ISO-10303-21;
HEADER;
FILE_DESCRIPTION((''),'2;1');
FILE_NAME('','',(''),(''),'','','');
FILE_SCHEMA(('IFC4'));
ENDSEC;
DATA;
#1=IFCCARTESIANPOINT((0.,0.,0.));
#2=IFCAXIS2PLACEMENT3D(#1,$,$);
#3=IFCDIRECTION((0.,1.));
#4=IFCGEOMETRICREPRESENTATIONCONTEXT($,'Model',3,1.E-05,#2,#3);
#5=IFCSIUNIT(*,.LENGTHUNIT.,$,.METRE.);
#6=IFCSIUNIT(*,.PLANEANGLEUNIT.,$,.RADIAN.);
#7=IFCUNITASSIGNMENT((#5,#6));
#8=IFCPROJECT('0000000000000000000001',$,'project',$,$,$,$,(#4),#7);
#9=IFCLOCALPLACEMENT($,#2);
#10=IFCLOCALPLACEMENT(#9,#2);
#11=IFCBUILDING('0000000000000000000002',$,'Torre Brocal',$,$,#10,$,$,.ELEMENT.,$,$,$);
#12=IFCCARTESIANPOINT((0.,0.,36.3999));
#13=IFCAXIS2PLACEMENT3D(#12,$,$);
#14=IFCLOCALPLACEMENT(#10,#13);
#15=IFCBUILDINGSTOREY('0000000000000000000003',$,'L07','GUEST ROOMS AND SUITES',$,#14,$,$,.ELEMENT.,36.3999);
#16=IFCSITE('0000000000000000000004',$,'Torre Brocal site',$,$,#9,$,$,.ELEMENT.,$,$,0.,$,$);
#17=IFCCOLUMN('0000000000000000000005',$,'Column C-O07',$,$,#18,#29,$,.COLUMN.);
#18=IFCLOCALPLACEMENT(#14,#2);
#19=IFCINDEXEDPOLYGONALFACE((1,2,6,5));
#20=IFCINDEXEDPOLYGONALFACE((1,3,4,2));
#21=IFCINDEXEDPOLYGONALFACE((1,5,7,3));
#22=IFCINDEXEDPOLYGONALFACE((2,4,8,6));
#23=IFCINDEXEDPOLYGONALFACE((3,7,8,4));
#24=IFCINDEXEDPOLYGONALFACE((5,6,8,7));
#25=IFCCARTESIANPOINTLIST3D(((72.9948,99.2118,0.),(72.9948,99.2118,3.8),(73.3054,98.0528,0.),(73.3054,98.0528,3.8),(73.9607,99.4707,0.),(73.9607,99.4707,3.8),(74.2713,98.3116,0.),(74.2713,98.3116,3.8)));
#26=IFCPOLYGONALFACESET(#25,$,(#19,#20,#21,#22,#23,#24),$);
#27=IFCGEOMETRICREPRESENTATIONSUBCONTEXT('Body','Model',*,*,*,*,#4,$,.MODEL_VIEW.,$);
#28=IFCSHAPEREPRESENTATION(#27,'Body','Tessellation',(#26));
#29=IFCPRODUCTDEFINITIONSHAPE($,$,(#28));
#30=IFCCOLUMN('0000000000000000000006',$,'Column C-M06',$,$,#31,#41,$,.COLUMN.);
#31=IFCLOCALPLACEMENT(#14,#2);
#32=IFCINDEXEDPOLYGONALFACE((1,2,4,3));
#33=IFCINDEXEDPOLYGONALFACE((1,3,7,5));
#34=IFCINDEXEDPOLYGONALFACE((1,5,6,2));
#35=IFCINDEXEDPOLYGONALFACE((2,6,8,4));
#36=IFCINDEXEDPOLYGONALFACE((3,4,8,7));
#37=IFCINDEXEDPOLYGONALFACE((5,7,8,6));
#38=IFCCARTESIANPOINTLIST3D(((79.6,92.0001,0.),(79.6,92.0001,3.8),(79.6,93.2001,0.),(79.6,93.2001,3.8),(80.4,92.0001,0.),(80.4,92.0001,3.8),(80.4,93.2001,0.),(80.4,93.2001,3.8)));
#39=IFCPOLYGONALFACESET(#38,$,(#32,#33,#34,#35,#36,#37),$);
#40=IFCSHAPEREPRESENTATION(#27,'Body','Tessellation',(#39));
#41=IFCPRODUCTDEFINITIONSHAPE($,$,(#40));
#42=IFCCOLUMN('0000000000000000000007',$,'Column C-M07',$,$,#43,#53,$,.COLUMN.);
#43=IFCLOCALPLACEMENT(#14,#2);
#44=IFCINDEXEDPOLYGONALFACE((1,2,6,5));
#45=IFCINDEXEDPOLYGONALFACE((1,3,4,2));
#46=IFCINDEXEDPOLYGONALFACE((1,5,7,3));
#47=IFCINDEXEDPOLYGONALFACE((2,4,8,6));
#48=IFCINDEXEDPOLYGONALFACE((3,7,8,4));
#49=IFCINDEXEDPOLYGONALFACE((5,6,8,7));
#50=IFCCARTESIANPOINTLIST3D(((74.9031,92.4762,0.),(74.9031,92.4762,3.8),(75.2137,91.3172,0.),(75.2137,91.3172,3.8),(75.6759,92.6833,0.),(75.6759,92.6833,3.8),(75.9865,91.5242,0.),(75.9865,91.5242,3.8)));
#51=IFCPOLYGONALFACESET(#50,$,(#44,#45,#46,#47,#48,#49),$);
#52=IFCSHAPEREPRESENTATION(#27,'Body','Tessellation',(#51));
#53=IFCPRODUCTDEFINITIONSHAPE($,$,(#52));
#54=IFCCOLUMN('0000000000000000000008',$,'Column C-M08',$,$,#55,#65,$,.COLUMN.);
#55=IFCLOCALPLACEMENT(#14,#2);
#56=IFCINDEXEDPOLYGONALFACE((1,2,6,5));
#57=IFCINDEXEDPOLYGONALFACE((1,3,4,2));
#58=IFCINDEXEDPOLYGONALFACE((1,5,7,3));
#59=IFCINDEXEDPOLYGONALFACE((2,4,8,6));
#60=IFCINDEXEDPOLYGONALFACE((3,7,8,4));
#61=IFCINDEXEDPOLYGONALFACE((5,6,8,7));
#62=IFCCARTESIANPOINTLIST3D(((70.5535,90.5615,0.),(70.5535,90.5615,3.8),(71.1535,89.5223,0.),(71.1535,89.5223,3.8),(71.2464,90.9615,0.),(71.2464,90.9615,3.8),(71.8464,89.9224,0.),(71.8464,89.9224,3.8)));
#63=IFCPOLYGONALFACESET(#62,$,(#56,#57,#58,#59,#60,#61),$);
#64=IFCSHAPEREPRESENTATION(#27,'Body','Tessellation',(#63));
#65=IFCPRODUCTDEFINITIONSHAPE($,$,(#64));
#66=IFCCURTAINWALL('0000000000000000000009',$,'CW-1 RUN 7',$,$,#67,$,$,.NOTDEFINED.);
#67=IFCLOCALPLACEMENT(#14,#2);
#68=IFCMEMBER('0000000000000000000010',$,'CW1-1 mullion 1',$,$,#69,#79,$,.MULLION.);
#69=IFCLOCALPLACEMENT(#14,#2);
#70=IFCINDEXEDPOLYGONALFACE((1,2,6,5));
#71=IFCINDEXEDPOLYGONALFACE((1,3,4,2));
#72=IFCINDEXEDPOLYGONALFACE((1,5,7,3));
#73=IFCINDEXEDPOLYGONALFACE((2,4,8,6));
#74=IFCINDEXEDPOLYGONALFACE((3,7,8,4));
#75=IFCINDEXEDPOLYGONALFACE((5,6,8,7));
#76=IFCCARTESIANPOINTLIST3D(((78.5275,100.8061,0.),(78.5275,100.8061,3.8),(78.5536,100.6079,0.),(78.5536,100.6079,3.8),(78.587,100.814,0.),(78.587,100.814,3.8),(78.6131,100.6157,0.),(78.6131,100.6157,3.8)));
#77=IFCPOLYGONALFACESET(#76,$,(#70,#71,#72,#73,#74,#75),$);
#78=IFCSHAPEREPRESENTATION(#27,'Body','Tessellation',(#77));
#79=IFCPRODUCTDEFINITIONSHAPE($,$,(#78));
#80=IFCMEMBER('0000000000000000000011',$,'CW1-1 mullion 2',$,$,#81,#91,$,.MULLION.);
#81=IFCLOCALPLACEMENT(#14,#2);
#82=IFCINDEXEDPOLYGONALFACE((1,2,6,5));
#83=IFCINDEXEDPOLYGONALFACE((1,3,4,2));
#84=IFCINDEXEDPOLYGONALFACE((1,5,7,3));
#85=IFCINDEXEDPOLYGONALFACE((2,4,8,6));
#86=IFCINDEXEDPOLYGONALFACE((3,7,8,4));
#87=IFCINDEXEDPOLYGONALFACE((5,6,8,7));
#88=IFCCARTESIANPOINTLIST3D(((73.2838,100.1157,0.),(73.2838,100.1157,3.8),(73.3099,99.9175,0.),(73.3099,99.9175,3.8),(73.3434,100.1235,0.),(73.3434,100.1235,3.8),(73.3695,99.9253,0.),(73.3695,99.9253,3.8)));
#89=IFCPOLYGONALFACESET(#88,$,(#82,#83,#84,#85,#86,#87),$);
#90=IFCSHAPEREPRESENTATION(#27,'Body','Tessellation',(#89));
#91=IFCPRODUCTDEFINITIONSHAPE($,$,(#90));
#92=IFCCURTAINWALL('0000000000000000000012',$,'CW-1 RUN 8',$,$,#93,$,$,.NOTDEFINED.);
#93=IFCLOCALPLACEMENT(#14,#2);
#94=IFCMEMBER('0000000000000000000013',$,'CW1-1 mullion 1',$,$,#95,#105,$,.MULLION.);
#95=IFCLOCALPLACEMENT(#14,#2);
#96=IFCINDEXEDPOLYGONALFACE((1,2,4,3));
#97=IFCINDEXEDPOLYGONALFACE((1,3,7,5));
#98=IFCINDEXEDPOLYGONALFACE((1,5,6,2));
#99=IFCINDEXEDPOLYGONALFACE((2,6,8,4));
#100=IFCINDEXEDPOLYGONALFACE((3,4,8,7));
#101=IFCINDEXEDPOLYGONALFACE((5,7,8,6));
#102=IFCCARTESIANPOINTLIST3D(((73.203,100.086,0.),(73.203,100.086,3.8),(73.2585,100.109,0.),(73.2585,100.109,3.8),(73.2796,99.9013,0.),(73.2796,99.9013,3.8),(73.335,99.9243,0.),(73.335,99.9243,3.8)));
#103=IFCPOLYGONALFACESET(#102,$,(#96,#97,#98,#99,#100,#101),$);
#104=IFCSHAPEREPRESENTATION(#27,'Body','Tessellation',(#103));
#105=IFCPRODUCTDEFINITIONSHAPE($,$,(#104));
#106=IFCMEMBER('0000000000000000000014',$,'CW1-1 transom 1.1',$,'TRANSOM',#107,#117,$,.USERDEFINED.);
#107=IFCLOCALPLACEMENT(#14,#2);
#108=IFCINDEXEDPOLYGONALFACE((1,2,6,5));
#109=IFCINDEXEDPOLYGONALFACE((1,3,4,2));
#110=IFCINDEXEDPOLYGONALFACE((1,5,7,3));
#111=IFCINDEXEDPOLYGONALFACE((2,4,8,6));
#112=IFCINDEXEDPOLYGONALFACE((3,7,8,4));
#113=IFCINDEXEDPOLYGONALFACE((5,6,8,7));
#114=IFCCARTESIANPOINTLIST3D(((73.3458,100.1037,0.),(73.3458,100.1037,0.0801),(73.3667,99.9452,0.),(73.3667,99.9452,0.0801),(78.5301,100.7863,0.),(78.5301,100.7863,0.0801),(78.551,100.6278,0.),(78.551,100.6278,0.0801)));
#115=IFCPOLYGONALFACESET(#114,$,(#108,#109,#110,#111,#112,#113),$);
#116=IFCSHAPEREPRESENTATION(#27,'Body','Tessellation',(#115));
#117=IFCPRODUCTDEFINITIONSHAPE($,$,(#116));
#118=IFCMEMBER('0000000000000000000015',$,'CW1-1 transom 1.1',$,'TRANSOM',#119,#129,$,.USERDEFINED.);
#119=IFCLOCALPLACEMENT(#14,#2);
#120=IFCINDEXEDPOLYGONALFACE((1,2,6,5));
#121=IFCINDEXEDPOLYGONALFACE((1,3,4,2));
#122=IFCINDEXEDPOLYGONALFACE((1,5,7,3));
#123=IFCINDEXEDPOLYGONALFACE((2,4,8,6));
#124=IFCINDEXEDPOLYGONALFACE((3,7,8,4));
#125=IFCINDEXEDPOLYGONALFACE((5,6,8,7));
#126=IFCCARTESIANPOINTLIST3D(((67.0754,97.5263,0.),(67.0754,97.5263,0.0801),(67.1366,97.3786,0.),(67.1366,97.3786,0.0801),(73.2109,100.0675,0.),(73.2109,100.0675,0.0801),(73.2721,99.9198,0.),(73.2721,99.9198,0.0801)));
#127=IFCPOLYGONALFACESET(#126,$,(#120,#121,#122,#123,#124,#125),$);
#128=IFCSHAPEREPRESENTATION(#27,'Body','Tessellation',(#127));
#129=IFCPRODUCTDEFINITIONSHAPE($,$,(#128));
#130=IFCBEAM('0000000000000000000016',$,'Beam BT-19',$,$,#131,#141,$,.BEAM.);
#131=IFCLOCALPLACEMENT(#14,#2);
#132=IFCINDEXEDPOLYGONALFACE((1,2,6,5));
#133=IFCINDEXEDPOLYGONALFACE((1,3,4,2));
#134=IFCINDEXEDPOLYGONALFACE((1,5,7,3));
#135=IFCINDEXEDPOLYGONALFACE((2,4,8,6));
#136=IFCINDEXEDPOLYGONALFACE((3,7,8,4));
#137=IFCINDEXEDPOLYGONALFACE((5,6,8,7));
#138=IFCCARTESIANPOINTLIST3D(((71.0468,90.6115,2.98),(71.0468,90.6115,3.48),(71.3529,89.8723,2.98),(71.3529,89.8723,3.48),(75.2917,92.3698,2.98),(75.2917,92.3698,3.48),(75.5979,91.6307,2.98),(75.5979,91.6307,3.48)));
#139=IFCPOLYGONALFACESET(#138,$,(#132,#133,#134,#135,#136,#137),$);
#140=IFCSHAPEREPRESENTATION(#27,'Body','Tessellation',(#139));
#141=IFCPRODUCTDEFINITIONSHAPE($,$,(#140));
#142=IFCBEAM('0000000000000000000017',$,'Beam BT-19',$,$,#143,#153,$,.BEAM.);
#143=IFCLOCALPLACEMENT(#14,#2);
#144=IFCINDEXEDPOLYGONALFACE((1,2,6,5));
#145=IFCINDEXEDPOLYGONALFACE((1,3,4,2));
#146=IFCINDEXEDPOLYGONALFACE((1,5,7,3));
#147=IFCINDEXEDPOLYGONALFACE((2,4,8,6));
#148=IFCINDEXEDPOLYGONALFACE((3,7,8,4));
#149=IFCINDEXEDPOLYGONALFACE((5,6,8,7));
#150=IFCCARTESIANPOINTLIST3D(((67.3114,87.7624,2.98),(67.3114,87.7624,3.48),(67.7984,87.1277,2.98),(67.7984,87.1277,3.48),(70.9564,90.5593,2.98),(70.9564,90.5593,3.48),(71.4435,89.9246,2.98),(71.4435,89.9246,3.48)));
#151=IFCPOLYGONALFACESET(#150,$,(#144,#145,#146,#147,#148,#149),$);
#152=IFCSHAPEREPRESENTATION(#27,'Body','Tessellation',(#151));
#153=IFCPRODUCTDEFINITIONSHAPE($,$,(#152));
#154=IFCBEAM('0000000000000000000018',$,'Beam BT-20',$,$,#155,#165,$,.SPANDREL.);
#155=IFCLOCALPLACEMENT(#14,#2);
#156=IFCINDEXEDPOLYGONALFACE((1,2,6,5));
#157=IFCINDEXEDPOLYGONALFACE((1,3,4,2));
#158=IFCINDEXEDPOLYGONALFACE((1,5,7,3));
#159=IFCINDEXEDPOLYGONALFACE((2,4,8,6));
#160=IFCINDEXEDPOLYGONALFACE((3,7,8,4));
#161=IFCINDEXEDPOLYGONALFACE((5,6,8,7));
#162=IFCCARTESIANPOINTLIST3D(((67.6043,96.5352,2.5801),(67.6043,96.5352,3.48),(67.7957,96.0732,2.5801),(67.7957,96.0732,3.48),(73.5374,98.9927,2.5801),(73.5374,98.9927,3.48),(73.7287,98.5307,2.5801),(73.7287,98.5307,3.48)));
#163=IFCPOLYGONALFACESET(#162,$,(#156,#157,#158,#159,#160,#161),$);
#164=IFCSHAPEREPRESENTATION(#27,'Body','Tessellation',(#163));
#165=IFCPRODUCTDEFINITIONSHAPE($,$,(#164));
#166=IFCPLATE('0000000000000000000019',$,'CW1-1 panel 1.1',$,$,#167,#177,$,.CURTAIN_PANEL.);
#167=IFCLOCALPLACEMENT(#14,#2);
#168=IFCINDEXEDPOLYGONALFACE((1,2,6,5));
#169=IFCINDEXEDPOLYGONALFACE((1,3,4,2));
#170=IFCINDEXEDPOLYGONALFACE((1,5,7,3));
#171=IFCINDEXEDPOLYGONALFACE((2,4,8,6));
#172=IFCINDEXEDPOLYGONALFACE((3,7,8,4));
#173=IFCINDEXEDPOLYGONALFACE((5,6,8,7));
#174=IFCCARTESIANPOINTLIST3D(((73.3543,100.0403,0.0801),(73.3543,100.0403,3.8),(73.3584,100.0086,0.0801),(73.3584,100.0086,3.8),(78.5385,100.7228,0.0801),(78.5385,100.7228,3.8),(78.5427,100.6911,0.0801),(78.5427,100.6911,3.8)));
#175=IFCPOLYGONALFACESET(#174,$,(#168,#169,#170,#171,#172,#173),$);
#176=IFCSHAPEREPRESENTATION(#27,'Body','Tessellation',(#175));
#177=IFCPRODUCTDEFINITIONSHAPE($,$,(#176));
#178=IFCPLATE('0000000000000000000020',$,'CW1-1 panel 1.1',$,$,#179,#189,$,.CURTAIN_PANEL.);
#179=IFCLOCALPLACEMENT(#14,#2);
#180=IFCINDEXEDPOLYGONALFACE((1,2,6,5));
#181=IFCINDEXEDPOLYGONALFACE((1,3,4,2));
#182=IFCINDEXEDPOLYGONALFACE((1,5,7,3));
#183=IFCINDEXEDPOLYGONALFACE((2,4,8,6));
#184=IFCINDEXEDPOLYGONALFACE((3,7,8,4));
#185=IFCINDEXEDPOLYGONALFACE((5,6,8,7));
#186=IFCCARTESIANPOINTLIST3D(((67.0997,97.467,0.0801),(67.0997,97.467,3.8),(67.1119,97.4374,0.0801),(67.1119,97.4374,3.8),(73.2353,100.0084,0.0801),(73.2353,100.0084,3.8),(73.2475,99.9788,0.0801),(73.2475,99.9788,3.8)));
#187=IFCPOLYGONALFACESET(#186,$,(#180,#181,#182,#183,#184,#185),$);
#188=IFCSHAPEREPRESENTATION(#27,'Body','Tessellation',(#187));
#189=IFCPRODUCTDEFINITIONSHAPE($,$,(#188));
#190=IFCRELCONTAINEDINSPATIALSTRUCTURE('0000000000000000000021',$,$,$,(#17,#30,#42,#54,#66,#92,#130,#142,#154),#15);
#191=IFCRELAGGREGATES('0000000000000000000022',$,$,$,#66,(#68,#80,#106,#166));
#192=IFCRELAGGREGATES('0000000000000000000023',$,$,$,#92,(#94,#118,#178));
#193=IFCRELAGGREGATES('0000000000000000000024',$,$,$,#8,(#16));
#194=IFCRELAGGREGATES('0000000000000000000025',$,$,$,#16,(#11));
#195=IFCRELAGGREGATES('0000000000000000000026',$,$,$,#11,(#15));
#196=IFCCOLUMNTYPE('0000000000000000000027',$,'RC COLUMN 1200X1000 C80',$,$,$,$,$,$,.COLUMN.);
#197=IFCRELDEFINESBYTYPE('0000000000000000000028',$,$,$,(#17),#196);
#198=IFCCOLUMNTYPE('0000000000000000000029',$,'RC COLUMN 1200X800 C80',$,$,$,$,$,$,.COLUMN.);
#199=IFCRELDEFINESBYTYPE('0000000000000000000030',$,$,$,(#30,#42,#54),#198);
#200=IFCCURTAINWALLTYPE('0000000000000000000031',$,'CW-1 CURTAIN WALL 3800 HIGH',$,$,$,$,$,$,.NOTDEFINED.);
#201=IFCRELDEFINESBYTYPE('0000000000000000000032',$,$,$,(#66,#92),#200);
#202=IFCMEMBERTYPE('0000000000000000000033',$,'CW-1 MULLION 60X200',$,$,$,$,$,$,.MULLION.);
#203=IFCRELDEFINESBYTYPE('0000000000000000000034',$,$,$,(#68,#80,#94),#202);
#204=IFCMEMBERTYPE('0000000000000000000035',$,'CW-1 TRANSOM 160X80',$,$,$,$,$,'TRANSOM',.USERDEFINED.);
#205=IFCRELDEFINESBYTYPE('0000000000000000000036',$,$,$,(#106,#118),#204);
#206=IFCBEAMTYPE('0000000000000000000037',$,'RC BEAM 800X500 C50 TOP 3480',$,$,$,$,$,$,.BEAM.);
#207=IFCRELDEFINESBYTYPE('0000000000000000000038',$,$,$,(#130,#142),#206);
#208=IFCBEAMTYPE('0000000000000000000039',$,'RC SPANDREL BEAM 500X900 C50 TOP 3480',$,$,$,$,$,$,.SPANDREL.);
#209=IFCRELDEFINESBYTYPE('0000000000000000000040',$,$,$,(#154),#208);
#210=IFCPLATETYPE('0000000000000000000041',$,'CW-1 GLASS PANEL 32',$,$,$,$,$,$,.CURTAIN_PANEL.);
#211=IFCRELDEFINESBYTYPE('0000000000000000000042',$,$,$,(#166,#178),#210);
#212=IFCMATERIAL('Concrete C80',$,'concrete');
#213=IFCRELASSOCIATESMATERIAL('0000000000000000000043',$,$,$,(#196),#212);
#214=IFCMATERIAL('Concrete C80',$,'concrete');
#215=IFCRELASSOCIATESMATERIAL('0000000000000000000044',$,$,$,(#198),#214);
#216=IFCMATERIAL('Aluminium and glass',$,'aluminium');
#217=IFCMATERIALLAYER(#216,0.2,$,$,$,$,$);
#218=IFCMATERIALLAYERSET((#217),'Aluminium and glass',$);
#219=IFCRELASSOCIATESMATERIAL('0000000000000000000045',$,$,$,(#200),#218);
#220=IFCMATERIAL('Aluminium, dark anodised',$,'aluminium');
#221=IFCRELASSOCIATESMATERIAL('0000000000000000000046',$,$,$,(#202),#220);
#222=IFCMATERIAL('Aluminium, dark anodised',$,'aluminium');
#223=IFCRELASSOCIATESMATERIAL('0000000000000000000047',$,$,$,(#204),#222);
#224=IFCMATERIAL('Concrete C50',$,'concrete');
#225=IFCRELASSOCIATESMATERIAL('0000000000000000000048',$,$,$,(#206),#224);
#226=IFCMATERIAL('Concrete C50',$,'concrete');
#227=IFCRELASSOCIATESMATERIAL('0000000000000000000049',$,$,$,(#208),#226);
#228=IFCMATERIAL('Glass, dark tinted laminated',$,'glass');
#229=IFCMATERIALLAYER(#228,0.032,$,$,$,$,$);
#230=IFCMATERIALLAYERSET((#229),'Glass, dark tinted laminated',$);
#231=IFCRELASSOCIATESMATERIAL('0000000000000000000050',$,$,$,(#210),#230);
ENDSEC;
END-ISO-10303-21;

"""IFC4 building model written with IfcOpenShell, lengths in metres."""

from ifc_helpers import new_model, si_unit, direction, frame, origin, origin_2d, place, context, subcontext, project, spatial, rectangle, extrude, material, layer, layer_set, material_profile, profile_set, type_object, element, aggregate, save


model = new_model("IFC4")

# Units and contexts
model_context = context("Model", 3, precision=1e-05, world=origin(), true_north=direction((0.0, 1.0)))
body_context = subcontext(model_context, "Body", "Model", "MODEL_VIEW")
ifc_project = project(units=[si_unit("LENGTHUNIT", "METRE"), si_unit("PLANEANGLEUNIT", "RADIAN")], contexts=[model_context])

# Site, building, storey
site_placement = place(None, origin())
site = spatial("IfcSite", under=ifc_project, at=site_placement, Name="Torre Brocal site", CompositionType="ELEMENT", RefElevation=0.0)
building_placement = place(site_placement, origin())
building = spatial("IfcBuilding", under=site, at=building_placement, Name="Torre Brocal", CompositionType="ELEMENT")
storey_placement = place(building_placement, frame((0.0, 0.0, 36.3999)))
storey = spatial("IfcBuildingStorey", under=building, at=storey_placement, Name="L07", Description="GUEST ROOMS AND SUITES", CompositionType="ELEMENT", Elevation=36.3999)

# Columns
ifc_material_1 = material(Name="Concrete C80", Category="concrete")
ifc_material_profile_1 = material_profile(ifc_material_1, rectangle(XDim=1.2, YDim=1.0, at=origin_2d()), Name="RC 1200X1000")
ifc_profile_set_1 = profile_set([ifc_material_profile_1], Name="Concrete C80")
column_type_1 = type_object("IfcColumnType", Name="RC COLUMN 1200X1000 C80", PredefinedType="COLUMN", material=ifc_profile_set_1)
column_placement = place(storey_placement, frame((73.6331, 98.7617, 0.0), z_axis=(0.0, 0.0, 1.0), x_axis=(-0.258819, 0.965926, 0.0)))
element("IfcColumn", 1, at=column_placement, inside=storey, type_object=column_type_1, Name="Column C-O07", PredefinedType="COLUMN", context=body_context, shape_type="SweptSolid", body=[
    extrude(rectangle(XDim=1.2, YDim=1.0, at=origin_2d()), origin(), (0.0, 0.0, 1.0), 3.8),
])
ifc_material_2 = material(Name="Concrete C80", Category="concrete")
ifc_material_profile_2 = material_profile(ifc_material_2, rectangle(XDim=1.2, YDim=0.8, at=origin_2d()), Name="RC 1200X800")
ifc_profile_set_2 = profile_set([ifc_material_profile_2], Name="Concrete C80")
column_type_2 = type_object("IfcColumnType", Name="RC COLUMN 1200X800 C80", PredefinedType="COLUMN", material=ifc_profile_set_2)
for number, where, z_axis, x_axis, name in (
    (2, (80.0, 92.6001, 0.0), (0.0, 0.0, 1.0), (0.0, 1.0, 0.0), "Column C-M06"),
    (3, (75.4448, 92.0002, 0.0), (0.0, 0.0, 1.0), (-0.258819, 0.965926, 0.0), "Column C-M07"),
    (4, (71.2, 90.2419, 0.0), (0.0, 0.0, 1.0), (-0.5, 0.866025, 0.0), "Column C-M08"),
):
    element("IfcColumn", number, at=place(storey_placement, frame(where, z_axis=z_axis, x_axis=x_axis)), inside=storey, type_object=column_type_2, Name=name, PredefinedType="COLUMN", context=body_context, shape_type="SweptSolid", body=[
        extrude(rectangle(XDim=1.2, YDim=0.8, at=origin_2d()), origin(), (0.0, 0.0, 1.0), 3.8),
    ])

# Curtain wall, members
ifc_material_3 = material(Name="Aluminium and glass", Category="aluminium")
ifc_layer_1 = layer(ifc_material_3, 0.2)
ifc_layer_set_1 = layer_set([ifc_layer_1], Name="Aluminium and glass")
curtain_wall_type = type_object("IfcCurtainWallType", Name="CW-1 CURTAIN WALL 3800 HIGH", PredefinedType="NOTDEFINED", material=ifc_layer_set_1)
curtain_wall_1_placement = place(storey_placement, origin())
curtain_wall_1 = element("IfcCurtainWall", 5, at=curtain_wall_1_placement, inside=storey, type_object=curtain_wall_type, Name="CW-1 RUN 7", PredefinedType="NOTDEFINED")
ifc_material_4 = material(Name="Aluminium, dark anodised", Category="aluminium")
ifc_material_profile_3 = material_profile(ifc_material_4, rectangle(XDim=0.2, YDim=0.0601, at=origin_2d()), Name="CW-1 MULLION 60X200")
ifc_profile_set_3 = profile_set([ifc_material_profile_3], Name="Aluminium, dark anodised")
member_type_1 = type_object("IfcMemberType", Name="CW-1 MULLION 60X200", PredefinedType="MULLION", material=ifc_profile_set_3)
member_1_placement = place(storey_placement, frame((78.5703, 100.7109, 0.0), z_axis=(0.0, 0.0, 1.0), x_axis=(0.130526, -0.991445, 0.0)))
member_1 = element("IfcMember", 6, at=member_1_placement, type_object=member_type_1, Name="CW1-1 mullion 1", PredefinedType="MULLION", context=body_context, shape_type="SweptSolid", body=[
    extrude(rectangle(XDim=0.2, YDim=0.0601, at=origin_2d()), origin(), (0.0, 0.0, 1.0), 3.8),
])
member_2_placement = place(storey_placement, frame((73.3267, 100.0205, 0.0), z_axis=(0.0, 0.0, 1.0), x_axis=(0.130526, -0.991445, 0.0)))
member_2 = element("IfcMember", 7, at=member_2_placement, type_object=member_type_1, Name="CW1-1 mullion 2", PredefinedType="MULLION", context=body_context, shape_type="SweptSolid", body=[
    extrude(rectangle(XDim=0.2, YDim=0.0601, at=origin_2d()), origin(), (0.0, 0.0, 1.0), 3.8),
])

# Curtain wall, member
curtain_wall_2_placement = place(storey_placement, origin())
curtain_wall_2 = element("IfcCurtainWall", 8, at=curtain_wall_2_placement, inside=storey, type_object=curtain_wall_type, Name="CW-1 RUN 8", PredefinedType="NOTDEFINED")
member_3_placement = place(storey_placement, frame((73.269, 100.0051, 0.0), z_axis=(0.0, 0.0, 1.0), x_axis=(0.382683, -0.92388, 0.0)))
member_3 = element("IfcMember", 9, at=member_3_placement, type_object=member_type_1, Name="CW1-1 mullion 1", PredefinedType="MULLION", context=body_context, shape_type="SweptSolid", body=[
    extrude(rectangle(XDim=0.2, YDim=0.0601, at=origin_2d()), origin(), (0.0, 0.0, 1.0), 3.8),
])

# Members
ifc_material_5 = material(Name="Aluminium, dark anodised", Category="aluminium")
ifc_material_profile_4 = material_profile(ifc_material_5, rectangle(XDim=0.1599, YDim=0.0801, at=origin_2d()), Name="CW-1 TRANSOM 160X80")
ifc_profile_set_4 = profile_set([ifc_material_profile_4], Name="Aluminium, dark anodised")
member_type_2 = type_object("IfcMemberType", Name="CW-1 TRANSOM 160X80", ElementType="TRANSOM", PredefinedType="USERDEFINED", material=ifc_profile_set_4)
member_4_placement = place(storey_placement, frame((78.5405, 100.707, 0.04), z_axis=(-0.991443, -0.130543, 0.0), x_axis=(0.130543, -0.991443, 0.0)))
member_4 = element("IfcMember", 10, at=member_4_placement, type_object=member_type_2, Name="CW1-1 transom 1.1", ObjectType="TRANSOM", PredefinedType="USERDEFINED", context=body_context, shape_type="SweptSolid", body=[
    extrude(rectangle(XDim=0.1599, YDim=0.0801, at=origin_2d()), origin(), (0.0, 0.0, 1.0), 5.229),
])
member_5_placement = place(storey_placement, frame((73.2415, 99.9937, 0.04), z_axis=(-0.923887, -0.382665, 0.0), x_axis=(0.382665, -0.923887, 0.0)))
member_5 = element("IfcMember", 11, at=member_5_placement, type_object=member_type_2, Name="CW1-1 transom 1.1", ObjectType="TRANSOM", PredefinedType="USERDEFINED", context=body_context, shape_type="SweptSolid", body=[
    extrude(rectangle(XDim=0.1599, YDim=0.0801, at=origin_2d()), origin(), (0.0, 0.0, 1.0), 6.6409),
])

# Beams
ifc_material_6 = material(Name="Concrete C50", Category="concrete")
ifc_material_profile_5 = material_profile(ifc_material_6, rectangle(XDim=0.8, YDim=0.5, at=origin_2d()), Name="RC 800X500")
ifc_profile_set_5 = profile_set([ifc_material_profile_5], Name="Concrete C50")
beam_type_1 = type_object("IfcBeamType", Name="RC BEAM 800X500 C50 TOP 3480", PredefinedType="BEAM", material=ifc_profile_set_5)
beam_1_placement = place(storey_placement, frame((75.4448, 92.0002, 3.23), z_axis=(-0.923878, -0.382687, 0.0), x_axis=(0.382687, -0.923878, 0.0)))
element("IfcBeam", 12, at=beam_1_placement, inside=storey, type_object=beam_type_1, Name="Beam BT-19", PredefinedType="BEAM", context=body_context, shape_type="SweptSolid", body=[
    extrude(rectangle(XDim=0.8, YDim=0.5, at=origin_2d()), origin(), (0.0, 0.0, 1.0), 4.5947),
])
beam_2_placement = place(storey_placement, frame((71.2, 90.2419, 3.23), z_axis=(-0.793358, -0.608755, 0.0), x_axis=(0.608755, -0.793358, 0.0)))
element("IfcBeam", 13, at=beam_2_placement, inside=storey, type_object=beam_type_1, Name="Beam BT-19", PredefinedType="BEAM", context=body_context, shape_type="SweptSolid", body=[
    extrude(rectangle(XDim=0.8, YDim=0.5, at=origin_2d()), origin(), (0.0, 0.0, 1.0), 4.5945),
])
ifc_material_7 = material(Name="Concrete C50", Category="concrete")
ifc_material_profile_6 = material_profile(ifc_material_7, rectangle(XDim=0.5, YDim=0.8999, at=origin_2d()), Name="RC 500X900")
ifc_profile_set_6 = profile_set([ifc_material_profile_6], Name="Concrete C50")
beam_type_2 = type_object("IfcBeamType", Name="RC SPANDREL BEAM 500X900 C50 TOP 3480", PredefinedType="SPANDREL", material=ifc_profile_set_6)
beam_3_placement = place(storey_placement, frame((73.6331, 98.7617, 3.03), z_axis=(-0.923882, -0.382676, 0.0), x_axis=(0.382676, -0.923882, 0.0)))
element("IfcBeam", 14, at=beam_3_placement, inside=storey, type_object=beam_type_2, Name="Beam BT-20", PredefinedType="SPANDREL", context=body_context, shape_type="SweptSolid", body=[
    extrude(rectangle(XDim=0.5, YDim=0.8999, at=origin_2d()), origin(), (0.0, 0.0, 1.0), 6.4219),
])

# Plates
ifc_material_8 = material(Name="Glass, dark tinted laminated", Category="glass")
ifc_layer_2 = layer(ifc_material_8, 0.032)
ifc_layer_set_2 = layer_set([ifc_layer_2], Name="Glass, dark tinted laminated")
plate_type = type_object("IfcPlateType", Name="CW-1 GLASS PANEL 32", PredefinedType="CURTAIN_PANEL", material=ifc_layer_set_2)
plate_1_placement = place(storey_placement, frame((75.9485, 100.3657, 0.0801), z_axis=(0.0, 0.0, 1.0), x_axis=(-0.991445, -0.130526, 0.0)))
plate_1 = element("IfcPlate", 15, at=plate_1_placement, type_object=plate_type, Name="CW1-1 panel 1.1", PredefinedType="CURTAIN_PANEL", context=body_context, shape_type="SweptSolid", body=[
    extrude(rectangle(XDim=5.229, YDim=0.032, at=origin_2d()), origin(), (0.0, 0.0, 1.0), 3.72),
])
aggregate(curtain_wall_1, [member_1, member_2, member_4, plate_1])
plate_2_placement = place(storey_placement, frame((70.1736, 98.7229, 0.0801), z_axis=(0.0, 0.0, 1.0), x_axis=(-0.92388, -0.382683, 0.0)))
plate_2 = element("IfcPlate", 16, at=plate_2_placement, type_object=plate_type, Name="CW1-1 panel 1.1", PredefinedType="CURTAIN_PANEL", context=body_context, shape_type="SweptSolid", body=[
    extrude(rectangle(XDim=6.6411, YDim=0.032, at=origin_2d()), origin(), (0.0, 0.0, 1.0), 3.72),
])
aggregate(curtain_wall_2, [member_3, member_5, plate_2])

save(model, "model.ifc")
